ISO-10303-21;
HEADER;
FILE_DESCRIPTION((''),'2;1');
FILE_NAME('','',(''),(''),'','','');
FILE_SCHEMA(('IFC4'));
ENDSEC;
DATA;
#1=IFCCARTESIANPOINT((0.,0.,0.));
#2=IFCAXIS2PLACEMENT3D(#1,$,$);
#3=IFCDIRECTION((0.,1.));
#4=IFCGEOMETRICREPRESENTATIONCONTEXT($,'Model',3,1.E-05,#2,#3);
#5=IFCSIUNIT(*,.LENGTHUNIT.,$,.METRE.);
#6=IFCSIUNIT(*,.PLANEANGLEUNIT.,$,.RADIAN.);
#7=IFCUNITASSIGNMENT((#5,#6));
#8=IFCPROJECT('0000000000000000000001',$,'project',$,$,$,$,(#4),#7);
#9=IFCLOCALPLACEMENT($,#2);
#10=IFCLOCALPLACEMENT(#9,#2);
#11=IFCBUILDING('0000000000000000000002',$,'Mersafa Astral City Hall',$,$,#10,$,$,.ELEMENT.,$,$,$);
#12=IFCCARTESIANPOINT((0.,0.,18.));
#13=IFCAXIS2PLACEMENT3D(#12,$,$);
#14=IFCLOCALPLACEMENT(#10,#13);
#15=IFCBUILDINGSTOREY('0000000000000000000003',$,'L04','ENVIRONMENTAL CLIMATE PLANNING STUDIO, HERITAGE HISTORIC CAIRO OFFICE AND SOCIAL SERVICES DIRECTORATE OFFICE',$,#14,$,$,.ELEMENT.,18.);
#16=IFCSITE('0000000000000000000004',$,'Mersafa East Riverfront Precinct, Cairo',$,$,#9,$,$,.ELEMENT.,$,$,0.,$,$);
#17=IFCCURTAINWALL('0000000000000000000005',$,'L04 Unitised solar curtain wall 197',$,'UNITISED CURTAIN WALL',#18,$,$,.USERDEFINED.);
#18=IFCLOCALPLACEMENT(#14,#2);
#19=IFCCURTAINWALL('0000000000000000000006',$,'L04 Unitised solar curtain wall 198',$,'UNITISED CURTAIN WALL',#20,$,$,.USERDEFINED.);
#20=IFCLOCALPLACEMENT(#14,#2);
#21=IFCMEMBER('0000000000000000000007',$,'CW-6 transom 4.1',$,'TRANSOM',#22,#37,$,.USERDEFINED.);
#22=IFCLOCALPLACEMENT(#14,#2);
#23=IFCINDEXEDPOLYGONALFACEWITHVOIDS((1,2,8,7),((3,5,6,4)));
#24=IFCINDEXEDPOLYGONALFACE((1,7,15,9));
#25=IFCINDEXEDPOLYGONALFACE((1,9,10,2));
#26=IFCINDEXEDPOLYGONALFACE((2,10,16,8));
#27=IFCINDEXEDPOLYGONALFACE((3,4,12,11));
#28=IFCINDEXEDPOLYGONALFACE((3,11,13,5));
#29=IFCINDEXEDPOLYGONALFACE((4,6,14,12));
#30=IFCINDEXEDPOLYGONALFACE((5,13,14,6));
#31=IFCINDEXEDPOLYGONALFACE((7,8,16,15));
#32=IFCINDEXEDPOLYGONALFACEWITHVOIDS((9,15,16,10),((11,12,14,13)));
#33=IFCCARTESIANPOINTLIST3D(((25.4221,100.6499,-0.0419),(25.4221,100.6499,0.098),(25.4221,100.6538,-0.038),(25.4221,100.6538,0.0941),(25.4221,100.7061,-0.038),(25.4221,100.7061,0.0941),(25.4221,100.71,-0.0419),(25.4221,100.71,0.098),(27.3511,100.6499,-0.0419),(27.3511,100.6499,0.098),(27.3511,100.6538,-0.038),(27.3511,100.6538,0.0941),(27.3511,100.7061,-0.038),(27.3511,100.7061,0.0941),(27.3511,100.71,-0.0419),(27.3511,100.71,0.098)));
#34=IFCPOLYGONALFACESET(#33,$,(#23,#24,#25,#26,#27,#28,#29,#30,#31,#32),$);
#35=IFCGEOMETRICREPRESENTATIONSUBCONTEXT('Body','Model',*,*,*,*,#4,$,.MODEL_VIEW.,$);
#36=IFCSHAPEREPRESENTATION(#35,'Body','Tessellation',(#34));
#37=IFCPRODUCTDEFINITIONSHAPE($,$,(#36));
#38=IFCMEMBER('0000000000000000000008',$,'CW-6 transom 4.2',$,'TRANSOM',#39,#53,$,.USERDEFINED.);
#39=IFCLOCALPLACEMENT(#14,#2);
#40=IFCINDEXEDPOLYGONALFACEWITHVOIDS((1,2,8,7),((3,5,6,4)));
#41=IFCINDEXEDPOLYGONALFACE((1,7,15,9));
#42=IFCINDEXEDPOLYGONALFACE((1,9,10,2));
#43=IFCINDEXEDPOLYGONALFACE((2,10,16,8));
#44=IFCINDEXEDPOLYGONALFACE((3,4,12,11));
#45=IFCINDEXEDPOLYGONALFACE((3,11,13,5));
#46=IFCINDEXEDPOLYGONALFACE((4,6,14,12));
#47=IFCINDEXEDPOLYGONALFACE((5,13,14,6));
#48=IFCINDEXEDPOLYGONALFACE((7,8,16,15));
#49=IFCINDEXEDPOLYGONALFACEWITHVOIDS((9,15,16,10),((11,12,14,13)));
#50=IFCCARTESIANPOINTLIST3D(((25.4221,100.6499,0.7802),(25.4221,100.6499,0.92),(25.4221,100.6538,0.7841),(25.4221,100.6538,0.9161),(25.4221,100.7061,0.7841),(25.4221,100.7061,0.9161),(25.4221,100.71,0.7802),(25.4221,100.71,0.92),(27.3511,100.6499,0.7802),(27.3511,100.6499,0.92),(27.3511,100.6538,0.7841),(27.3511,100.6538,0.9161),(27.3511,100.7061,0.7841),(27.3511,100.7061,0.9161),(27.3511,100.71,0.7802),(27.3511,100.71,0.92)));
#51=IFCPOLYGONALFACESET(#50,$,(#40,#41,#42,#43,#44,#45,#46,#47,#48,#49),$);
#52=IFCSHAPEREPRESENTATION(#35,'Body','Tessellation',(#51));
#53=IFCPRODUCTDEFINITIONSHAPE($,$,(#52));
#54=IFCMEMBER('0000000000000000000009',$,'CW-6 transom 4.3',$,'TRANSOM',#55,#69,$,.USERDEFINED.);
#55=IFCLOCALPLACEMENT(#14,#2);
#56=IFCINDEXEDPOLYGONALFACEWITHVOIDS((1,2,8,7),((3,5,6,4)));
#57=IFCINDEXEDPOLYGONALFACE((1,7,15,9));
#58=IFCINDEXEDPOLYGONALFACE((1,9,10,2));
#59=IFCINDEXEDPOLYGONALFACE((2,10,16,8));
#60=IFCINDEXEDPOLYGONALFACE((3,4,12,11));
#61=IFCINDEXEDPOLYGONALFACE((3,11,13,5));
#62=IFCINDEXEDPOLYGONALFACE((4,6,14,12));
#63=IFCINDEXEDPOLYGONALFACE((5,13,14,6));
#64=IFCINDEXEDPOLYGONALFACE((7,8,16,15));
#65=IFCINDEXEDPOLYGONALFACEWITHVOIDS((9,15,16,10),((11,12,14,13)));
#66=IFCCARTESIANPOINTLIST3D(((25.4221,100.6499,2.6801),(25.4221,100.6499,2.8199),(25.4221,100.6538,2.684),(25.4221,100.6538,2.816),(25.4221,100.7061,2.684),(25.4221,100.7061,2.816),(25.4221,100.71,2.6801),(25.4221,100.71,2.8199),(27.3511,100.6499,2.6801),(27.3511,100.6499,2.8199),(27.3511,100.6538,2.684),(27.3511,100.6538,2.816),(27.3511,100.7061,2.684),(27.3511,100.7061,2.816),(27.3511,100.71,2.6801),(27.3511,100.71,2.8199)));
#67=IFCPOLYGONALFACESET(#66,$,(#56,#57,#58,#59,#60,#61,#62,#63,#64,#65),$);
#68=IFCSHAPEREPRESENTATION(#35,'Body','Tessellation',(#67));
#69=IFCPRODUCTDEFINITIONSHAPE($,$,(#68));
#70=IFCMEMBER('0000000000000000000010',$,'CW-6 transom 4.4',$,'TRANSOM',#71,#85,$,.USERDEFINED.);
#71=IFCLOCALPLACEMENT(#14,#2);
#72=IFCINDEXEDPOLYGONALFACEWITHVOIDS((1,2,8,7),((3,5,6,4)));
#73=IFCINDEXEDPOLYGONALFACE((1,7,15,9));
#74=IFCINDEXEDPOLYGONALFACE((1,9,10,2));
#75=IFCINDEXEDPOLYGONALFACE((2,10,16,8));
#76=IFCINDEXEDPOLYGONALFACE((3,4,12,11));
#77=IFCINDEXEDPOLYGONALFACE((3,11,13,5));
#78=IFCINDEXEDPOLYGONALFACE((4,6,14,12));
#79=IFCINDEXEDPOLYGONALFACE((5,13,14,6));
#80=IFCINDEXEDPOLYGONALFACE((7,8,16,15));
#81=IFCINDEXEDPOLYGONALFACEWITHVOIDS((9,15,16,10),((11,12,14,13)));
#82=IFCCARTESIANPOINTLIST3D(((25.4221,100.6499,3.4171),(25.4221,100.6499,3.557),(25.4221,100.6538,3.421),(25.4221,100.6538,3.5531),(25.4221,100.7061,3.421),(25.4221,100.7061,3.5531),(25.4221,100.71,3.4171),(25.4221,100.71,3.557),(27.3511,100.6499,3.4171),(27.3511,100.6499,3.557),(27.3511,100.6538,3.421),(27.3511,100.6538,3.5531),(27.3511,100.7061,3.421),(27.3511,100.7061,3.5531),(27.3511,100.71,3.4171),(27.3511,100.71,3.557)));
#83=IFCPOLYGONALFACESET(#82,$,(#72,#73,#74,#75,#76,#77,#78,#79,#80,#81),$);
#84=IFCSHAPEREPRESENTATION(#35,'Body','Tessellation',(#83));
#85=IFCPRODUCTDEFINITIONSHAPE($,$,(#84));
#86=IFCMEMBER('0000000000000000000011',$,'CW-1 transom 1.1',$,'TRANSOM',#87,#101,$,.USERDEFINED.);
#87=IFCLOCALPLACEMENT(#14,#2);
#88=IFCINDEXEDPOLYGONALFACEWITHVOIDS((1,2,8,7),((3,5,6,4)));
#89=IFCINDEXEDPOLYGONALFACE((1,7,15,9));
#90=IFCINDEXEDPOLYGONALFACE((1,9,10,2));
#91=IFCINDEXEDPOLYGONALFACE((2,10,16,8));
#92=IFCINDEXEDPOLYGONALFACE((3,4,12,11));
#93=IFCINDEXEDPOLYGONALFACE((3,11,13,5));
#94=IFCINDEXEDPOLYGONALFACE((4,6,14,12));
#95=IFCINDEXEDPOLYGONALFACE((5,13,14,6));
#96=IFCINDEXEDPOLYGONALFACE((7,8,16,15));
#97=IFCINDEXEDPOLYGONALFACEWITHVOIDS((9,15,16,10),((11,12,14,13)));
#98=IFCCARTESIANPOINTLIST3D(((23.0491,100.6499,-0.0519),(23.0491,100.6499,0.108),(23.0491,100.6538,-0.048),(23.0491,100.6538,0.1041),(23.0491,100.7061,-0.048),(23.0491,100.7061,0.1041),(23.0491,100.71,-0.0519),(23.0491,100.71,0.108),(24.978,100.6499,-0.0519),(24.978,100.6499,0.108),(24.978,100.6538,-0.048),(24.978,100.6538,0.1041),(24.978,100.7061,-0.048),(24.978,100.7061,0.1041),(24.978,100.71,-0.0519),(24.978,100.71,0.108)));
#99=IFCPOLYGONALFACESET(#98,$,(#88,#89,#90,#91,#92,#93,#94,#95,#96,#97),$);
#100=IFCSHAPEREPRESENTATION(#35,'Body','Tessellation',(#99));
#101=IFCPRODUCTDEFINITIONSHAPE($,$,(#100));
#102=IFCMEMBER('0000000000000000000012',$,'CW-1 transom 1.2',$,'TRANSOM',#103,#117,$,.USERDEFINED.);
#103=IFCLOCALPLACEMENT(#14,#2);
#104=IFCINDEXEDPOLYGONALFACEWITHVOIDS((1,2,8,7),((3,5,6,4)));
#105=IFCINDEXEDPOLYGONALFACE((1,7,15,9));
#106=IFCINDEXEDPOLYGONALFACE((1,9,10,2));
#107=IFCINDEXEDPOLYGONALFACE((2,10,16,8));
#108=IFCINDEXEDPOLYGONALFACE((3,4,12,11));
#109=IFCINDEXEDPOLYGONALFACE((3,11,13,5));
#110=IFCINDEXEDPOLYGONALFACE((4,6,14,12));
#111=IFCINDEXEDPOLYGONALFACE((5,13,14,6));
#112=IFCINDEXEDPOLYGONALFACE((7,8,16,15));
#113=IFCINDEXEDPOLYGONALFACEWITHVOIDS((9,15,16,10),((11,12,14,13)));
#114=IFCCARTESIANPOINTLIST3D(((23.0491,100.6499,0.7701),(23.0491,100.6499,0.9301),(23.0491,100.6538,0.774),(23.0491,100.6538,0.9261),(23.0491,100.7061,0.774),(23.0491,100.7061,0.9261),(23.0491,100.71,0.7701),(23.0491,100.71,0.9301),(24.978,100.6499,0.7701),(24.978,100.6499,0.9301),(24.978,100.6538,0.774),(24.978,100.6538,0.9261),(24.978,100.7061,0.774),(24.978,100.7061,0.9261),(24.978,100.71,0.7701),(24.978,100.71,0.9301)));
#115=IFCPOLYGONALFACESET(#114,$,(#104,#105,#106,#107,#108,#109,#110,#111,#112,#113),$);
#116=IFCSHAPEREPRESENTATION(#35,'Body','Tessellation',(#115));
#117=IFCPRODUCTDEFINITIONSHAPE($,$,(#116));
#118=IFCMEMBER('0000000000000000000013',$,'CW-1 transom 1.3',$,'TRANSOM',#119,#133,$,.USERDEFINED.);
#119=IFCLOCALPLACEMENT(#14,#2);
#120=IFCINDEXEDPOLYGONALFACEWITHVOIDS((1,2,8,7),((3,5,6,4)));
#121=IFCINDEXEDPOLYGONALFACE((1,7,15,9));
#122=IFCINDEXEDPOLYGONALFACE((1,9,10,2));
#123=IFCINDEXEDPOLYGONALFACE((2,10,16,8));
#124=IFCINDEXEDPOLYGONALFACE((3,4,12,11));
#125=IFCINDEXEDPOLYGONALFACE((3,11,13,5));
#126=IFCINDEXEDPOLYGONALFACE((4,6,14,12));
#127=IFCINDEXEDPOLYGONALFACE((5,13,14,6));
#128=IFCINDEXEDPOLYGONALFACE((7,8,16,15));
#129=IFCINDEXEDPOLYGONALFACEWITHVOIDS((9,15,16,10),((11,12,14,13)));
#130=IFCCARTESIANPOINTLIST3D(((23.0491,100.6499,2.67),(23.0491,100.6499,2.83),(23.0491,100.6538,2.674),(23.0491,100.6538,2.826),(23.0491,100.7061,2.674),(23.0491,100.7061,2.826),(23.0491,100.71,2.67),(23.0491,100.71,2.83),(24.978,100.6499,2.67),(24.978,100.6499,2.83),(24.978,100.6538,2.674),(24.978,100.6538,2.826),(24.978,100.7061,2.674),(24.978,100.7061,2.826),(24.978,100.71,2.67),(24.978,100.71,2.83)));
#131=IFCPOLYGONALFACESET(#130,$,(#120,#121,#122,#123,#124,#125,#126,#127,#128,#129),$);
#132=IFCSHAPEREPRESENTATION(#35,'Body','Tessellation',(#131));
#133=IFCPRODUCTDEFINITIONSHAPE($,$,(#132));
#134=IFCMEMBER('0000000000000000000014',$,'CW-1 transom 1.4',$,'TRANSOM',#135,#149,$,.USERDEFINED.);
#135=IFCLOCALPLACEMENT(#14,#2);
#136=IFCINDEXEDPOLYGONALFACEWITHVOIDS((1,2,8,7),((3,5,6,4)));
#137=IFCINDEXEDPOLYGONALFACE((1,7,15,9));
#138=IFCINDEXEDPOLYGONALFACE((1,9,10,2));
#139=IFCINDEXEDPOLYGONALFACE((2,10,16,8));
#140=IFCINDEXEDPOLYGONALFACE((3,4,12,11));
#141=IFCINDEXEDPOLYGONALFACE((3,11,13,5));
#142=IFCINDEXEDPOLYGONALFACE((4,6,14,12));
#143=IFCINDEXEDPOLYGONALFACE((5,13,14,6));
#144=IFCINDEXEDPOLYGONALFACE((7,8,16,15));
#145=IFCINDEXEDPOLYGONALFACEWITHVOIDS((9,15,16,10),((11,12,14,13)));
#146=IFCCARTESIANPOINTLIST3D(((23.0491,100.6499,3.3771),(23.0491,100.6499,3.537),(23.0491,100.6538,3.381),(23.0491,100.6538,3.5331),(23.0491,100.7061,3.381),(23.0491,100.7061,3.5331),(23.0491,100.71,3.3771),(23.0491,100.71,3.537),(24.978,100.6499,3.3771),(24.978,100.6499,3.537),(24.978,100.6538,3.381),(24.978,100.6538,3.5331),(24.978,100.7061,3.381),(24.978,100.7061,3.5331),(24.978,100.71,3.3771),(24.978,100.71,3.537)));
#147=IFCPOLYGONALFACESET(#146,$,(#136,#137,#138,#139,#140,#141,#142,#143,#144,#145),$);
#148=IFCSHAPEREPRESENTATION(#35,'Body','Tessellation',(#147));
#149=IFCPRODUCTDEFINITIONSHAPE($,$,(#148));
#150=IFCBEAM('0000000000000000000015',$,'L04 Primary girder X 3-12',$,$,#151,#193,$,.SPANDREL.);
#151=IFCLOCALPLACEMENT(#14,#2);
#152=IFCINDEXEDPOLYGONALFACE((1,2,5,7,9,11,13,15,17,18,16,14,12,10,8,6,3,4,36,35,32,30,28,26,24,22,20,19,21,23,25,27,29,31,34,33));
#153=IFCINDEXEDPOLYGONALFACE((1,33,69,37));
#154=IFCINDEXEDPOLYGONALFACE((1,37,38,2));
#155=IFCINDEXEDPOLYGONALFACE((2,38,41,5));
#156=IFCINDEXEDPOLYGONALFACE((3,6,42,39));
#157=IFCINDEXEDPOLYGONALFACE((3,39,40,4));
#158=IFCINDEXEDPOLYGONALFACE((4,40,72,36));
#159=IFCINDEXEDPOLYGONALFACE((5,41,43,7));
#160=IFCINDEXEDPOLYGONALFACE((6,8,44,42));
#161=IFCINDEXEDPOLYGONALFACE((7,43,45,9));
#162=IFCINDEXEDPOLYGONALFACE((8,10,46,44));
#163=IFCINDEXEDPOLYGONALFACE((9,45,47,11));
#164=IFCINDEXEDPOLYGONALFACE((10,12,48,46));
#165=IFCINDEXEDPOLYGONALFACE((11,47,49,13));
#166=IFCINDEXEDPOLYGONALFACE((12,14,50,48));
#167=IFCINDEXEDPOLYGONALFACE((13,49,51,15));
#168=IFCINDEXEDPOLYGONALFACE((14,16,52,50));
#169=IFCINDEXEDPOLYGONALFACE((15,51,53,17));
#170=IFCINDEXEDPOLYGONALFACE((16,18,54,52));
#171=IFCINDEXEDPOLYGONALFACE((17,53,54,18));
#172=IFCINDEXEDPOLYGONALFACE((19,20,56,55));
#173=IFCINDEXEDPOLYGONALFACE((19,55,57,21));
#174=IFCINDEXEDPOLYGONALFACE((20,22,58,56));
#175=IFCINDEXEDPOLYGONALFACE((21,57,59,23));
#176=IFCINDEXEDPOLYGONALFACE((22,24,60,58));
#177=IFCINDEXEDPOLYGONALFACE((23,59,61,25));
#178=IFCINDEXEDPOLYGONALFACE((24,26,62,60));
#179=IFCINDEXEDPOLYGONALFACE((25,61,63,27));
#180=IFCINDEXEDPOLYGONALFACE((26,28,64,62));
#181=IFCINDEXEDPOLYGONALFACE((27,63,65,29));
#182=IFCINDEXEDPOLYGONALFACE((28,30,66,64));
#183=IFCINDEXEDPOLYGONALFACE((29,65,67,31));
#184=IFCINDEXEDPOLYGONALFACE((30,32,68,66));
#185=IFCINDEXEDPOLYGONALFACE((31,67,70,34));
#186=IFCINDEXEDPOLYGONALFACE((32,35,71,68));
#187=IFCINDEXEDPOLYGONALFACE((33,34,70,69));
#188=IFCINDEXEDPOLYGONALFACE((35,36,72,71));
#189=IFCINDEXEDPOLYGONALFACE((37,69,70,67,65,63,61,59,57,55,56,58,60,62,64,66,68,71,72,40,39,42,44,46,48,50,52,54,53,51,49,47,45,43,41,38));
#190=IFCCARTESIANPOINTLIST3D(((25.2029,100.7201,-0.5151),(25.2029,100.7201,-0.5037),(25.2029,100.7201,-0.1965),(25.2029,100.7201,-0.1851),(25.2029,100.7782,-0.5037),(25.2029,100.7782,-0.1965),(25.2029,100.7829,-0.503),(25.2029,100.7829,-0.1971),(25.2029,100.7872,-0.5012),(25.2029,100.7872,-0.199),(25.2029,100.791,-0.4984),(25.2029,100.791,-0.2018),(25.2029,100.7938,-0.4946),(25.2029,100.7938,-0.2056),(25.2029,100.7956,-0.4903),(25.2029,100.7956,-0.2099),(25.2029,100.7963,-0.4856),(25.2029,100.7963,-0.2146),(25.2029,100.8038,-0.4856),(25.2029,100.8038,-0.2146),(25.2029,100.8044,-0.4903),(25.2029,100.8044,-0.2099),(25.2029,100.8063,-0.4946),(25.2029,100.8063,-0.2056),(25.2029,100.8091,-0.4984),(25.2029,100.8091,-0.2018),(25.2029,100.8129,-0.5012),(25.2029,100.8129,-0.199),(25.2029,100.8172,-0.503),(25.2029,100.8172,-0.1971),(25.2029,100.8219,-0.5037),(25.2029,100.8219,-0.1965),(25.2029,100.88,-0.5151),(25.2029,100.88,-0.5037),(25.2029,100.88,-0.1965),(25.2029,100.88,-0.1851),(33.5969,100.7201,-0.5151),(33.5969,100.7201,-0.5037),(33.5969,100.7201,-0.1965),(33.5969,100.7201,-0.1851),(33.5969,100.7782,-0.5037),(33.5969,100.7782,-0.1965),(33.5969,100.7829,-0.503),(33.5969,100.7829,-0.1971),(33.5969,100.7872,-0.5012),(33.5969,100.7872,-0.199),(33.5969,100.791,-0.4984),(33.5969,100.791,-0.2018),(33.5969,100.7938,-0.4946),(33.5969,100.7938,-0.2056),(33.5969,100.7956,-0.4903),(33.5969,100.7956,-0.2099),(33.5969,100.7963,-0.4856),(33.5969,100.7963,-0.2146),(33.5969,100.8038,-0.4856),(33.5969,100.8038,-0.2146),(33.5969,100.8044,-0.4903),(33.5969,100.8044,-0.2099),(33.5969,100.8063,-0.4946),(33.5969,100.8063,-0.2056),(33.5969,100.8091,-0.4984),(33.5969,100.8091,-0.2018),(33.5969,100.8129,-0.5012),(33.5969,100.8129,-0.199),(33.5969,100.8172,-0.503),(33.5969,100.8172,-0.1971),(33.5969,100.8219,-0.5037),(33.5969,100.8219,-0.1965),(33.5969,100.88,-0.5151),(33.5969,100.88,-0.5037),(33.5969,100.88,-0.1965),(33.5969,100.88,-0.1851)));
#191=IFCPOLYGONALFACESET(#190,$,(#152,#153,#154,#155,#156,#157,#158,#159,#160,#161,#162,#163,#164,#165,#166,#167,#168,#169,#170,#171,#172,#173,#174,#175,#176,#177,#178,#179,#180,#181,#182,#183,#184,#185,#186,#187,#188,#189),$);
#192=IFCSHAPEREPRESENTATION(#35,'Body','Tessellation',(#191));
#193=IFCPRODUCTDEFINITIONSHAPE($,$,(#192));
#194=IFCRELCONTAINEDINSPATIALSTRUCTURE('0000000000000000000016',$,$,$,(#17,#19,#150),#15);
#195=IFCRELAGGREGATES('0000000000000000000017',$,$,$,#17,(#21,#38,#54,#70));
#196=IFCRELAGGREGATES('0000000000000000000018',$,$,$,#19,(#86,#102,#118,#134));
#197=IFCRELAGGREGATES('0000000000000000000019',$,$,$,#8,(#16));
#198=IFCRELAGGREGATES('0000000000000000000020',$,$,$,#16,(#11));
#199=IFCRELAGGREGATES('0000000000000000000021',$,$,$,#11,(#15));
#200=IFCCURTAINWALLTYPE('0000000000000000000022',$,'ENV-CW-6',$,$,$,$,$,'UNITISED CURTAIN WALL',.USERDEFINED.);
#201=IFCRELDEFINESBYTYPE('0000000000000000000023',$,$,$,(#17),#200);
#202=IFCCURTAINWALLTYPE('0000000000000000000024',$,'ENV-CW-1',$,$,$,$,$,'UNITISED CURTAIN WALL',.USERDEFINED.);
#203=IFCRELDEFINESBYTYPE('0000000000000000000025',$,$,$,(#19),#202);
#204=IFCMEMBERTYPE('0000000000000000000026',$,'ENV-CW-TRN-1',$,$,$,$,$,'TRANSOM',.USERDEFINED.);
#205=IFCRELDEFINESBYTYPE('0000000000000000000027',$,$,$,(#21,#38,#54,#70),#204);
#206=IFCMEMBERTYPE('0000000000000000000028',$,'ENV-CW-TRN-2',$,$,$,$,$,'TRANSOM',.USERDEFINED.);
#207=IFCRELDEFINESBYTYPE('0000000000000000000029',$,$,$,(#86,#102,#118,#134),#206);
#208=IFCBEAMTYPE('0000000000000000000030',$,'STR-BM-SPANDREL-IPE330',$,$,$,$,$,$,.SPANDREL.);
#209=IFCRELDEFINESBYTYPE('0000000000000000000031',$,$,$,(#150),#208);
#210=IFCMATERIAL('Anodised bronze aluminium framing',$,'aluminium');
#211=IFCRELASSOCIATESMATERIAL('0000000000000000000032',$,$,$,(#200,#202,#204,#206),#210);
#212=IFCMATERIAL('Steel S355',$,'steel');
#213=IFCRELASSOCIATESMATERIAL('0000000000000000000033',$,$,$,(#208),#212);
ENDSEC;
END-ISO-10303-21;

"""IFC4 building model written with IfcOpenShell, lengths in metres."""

from ifc_helpers import new_model, si_unit, direction, frame, origin, origin_2d, place, context, subcontext, project, spatial, hollow_rectangle, i_section, extrude, material, material_profile, profile_set, type_object, element, aggregate, save


model = new_model("IFC4")

# Units and contexts
model_context = context("Model", 3, precision=1e-05, world=origin(), true_north=direction((0.0, 1.0)))
body_context = subcontext(model_context, "Body", "Model", "MODEL_VIEW")
ifc_project = project(units=[si_unit("LENGTHUNIT", "METRE"), si_unit("PLANEANGLEUNIT", "RADIAN")], contexts=[model_context])

# Site, building, storey
site_placement = place(None, origin())
site = spatial("IfcSite", under=ifc_project, at=site_placement, Name="Mersafa East Riverfront Precinct, Cairo", CompositionType="ELEMENT", RefElevation=0.0)
building_placement = place(site_placement, origin())
building = spatial("IfcBuilding", under=site, at=building_placement, Name="Mersafa Astral City Hall", CompositionType="ELEMENT")
storey_placement = place(building_placement, frame((0.0, 0.0, 18.0)))
storey = spatial("IfcBuildingStorey", under=building, at=storey_placement, Name="L04", Description="ENVIRONMENTAL CLIMATE PLANNING STUDIO, HERITAGE HISTORIC CAIRO OFFICE AND SOCIAL SERVICES DIRECTORATE OFFICE", CompositionType="ELEMENT", Elevation=18.0)

# Shared definitions
ifc_material_1 = material(Name="Steel S355", Category="steel")

# Curtain wall
ifc_material_2 = material(Name="Anodised bronze aluminium framing", Category="aluminium")
curtain_wall_type_1 = type_object("IfcCurtainWallType", Name="ENV-CW-6", ElementType="UNITISED CURTAIN WALL", PredefinedType="USERDEFINED", material=ifc_material_2)
curtain_wall_1_placement = place(storey_placement, origin())
curtain_wall_1 = element("IfcCurtainWall", 1, at=curtain_wall_1_placement, inside=storey, type_object=curtain_wall_type_1, Name="L04 Unitised solar curtain wall 197", ObjectType="UNITISED CURTAIN WALL", PredefinedType="USERDEFINED")

# Curtain wall
curtain_wall_type_2 = type_object("IfcCurtainWallType", Name="ENV-CW-1", ElementType="UNITISED CURTAIN WALL", PredefinedType="USERDEFINED", material=ifc_material_2)
curtain_wall_2_placement = place(storey_placement, origin())
curtain_wall_2 = element("IfcCurtainWall", 2, at=curtain_wall_2_placement, inside=storey, type_object=curtain_wall_type_2, Name="L04 Unitised solar curtain wall 198", ObjectType="UNITISED CURTAIN WALL", PredefinedType="USERDEFINED")

# Members
ifc_material_profile_1 = material_profile(ifc_material_2, hollow_rectangle(XDim=0.0601, YDim=0.1399, WallThickness=0.0039, at=origin_2d()), Name="RHS 60x140x4")
ifc_profile_set_1 = profile_set([ifc_material_profile_1], Name="Anodised bronze aluminium framing")
member_type_1 = type_object("IfcMemberType", Name="ENV-CW-TRN-1", ElementType="TRANSOM", PredefinedType="USERDEFINED", material=ifc_profile_set_1)
member_1_placement = place(storey_placement, frame((27.3511, 100.6799, 0.0281), z_axis=(-1.0, 0.0, 0.0), x_axis=(0.0, -1.0, 0.0)))
member_1 = element("IfcMember", 3, at=member_1_placement, type_object=member_type_1, Name="CW-6 transom 4.1", ObjectType="TRANSOM", PredefinedType="USERDEFINED", context=body_context, shape_type="SweptSolid", body=[
    extrude(hollow_rectangle(XDim=0.0601, YDim=0.1399, WallThickness=0.0039, at=origin_2d()), origin(), (0.0, 0.0, 1.0), 1.929),
])
member_2_placement = place(storey_placement, frame((27.3511, 100.6799, 0.8501), z_axis=(-1.0, 0.0, 0.0), x_axis=(0.0, -1.0, 0.0)))
member_2 = element("IfcMember", 4, at=member_2_placement, type_object=member_type_1, Name="CW-6 transom 4.2", ObjectType="TRANSOM", PredefinedType="USERDEFINED", context=body_context, shape_type="SweptSolid", body=[
    extrude(hollow_rectangle(XDim=0.0601, YDim=0.1399, WallThickness=0.0039, at=origin_2d()), origin(), (0.0, 0.0, 1.0), 1.929),
])
member_3_placement = place(storey_placement, frame((27.3511, 100.6799, 2.75), z_axis=(-1.0, 0.0, 0.0), x_axis=(0.0, -1.0, 0.0)))
member_3 = element("IfcMember", 5, at=member_3_placement, type_object=member_type_1, Name="CW-6 transom 4.3", ObjectType="TRANSOM", PredefinedType="USERDEFINED", context=body_context, shape_type="SweptSolid", body=[
    extrude(hollow_rectangle(XDim=0.0601, YDim=0.1399, WallThickness=0.0039, at=origin_2d()), origin(), (0.0, 0.0, 1.0), 1.929),
])
member_4_placement = place(storey_placement, frame((27.3511, 100.6799, 3.4871), z_axis=(-1.0, 0.0, 0.0), x_axis=(0.0, -1.0, 0.0)))
member_4 = element("IfcMember", 6, at=member_4_placement, type_object=member_type_1, Name="CW-6 transom 4.4", ObjectType="TRANSOM", PredefinedType="USERDEFINED", context=body_context, shape_type="SweptSolid", body=[
    extrude(hollow_rectangle(XDim=0.0601, YDim=0.1399, WallThickness=0.0039, at=origin_2d()), origin(), (0.0, 0.0, 1.0), 1.929),
])
ifc_material_profile_2 = material_profile(ifc_material_2, hollow_rectangle(XDim=0.0601, YDim=0.1599, WallThickness=0.0039, at=origin_2d()), Name="RHS 60x160x4")
ifc_profile_set_2 = profile_set([ifc_material_profile_2], Name="Anodised bronze aluminium framing")
member_type_2 = type_object("IfcMemberType", Name="ENV-CW-TRN-2", ElementType="TRANSOM", PredefinedType="USERDEFINED", material=ifc_profile_set_2)
member_5_placement = place(storey_placement, frame((24.978, 100.6799, 0.0281), z_axis=(-1.0, 0.0, 0.0), x_axis=(0.0, -1.0, 0.0)))
member_5 = element("IfcMember", 7, at=member_5_placement, type_object=member_type_2, Name="CW-1 transom 1.1", ObjectType="TRANSOM", PredefinedType="USERDEFINED", context=body_context, shape_type="SweptSolid", body=[
    extrude(hollow_rectangle(XDim=0.0601, YDim=0.1599, WallThickness=0.0039, at=origin_2d()), origin(), (0.0, 0.0, 1.0), 1.929),
])
member_6_placement = place(storey_placement, frame((24.978, 100.6799, 0.8501), z_axis=(-1.0, 0.0, 0.0), x_axis=(0.0, -1.0, 0.0)))
member_6 = element("IfcMember", 8, at=member_6_placement, type_object=member_type_2, Name="CW-1 transom 1.2", ObjectType="TRANSOM", PredefinedType="USERDEFINED", context=body_context, shape_type="SweptSolid", body=[
    extrude(hollow_rectangle(XDim=0.0601, YDim=0.1599, WallThickness=0.0039, at=origin_2d()), origin(), (0.0, 0.0, 1.0), 1.929),
])
member_7_placement = place(storey_placement, frame((24.978, 100.6799, 2.75), z_axis=(-1.0, 0.0, 0.0), x_axis=(0.0, -1.0, 0.0)))
member_7 = element("IfcMember", 9, at=member_7_placement, type_object=member_type_2, Name="CW-1 transom 1.3", ObjectType="TRANSOM", PredefinedType="USERDEFINED", context=body_context, shape_type="SweptSolid", body=[
    extrude(hollow_rectangle(XDim=0.0601, YDim=0.1599, WallThickness=0.0039, at=origin_2d()), origin(), (0.0, 0.0, 1.0), 1.929),
])
member_8_placement = place(storey_placement, frame((24.978, 100.6799, 3.457), z_axis=(-1.0, 0.0, 0.0), x_axis=(0.0, -1.0, 0.0)))
member_8 = element("IfcMember", 10, at=member_8_placement, type_object=member_type_2, Name="CW-1 transom 1.4", ObjectType="TRANSOM", PredefinedType="USERDEFINED", context=body_context, shape_type="SweptSolid", body=[
    extrude(hollow_rectangle(XDim=0.0601, YDim=0.1599, WallThickness=0.0039, at=origin_2d()), origin(), (0.0, 0.0, 1.0), 1.929),
])

# Beam
ifc_material_profile_3 = material_profile(ifc_material_1, i_section(OverallWidth=0.1599, OverallDepth=0.3301, WebThickness=0.0076, FlangeThickness=0.0115, FilletRadius=0.0181, at=origin_2d()), Name="IPE 330")
ifc_profile_set_3 = profile_set([ifc_material_profile_3], Name="Steel S355")
beam_type = type_object("IfcBeamType", Name="STR-BM-SPANDREL-IPE330", PredefinedType="SPANDREL", material=ifc_profile_set_3)
beam_placement = place(storey_placement, frame((25.2029, 100.8, -0.3501), z_axis=(1.0, 0.0, 0.0), x_axis=(0.0, 1.0, 0.0)))
element("IfcBeam", 11, at=beam_placement, inside=storey, type_object=beam_type, Name="L04 Primary girder X 3-12", PredefinedType="SPANDREL", context=body_context, shape_type="SweptSolid", body=[
    extrude(i_section(OverallWidth=0.1599, OverallDepth=0.3301, WebThickness=0.0076, FlangeThickness=0.0115, FilletRadius=0.0181, at=origin_2d()), origin(), (0.0, 0.0, 1.0), 8.394),
])

aggregate(curtain_wall_1, [member_1, member_2, member_3, member_4])
aggregate(curtain_wall_2, [member_5, member_6, member_7, member_8])

save(model, "model.ifc")
